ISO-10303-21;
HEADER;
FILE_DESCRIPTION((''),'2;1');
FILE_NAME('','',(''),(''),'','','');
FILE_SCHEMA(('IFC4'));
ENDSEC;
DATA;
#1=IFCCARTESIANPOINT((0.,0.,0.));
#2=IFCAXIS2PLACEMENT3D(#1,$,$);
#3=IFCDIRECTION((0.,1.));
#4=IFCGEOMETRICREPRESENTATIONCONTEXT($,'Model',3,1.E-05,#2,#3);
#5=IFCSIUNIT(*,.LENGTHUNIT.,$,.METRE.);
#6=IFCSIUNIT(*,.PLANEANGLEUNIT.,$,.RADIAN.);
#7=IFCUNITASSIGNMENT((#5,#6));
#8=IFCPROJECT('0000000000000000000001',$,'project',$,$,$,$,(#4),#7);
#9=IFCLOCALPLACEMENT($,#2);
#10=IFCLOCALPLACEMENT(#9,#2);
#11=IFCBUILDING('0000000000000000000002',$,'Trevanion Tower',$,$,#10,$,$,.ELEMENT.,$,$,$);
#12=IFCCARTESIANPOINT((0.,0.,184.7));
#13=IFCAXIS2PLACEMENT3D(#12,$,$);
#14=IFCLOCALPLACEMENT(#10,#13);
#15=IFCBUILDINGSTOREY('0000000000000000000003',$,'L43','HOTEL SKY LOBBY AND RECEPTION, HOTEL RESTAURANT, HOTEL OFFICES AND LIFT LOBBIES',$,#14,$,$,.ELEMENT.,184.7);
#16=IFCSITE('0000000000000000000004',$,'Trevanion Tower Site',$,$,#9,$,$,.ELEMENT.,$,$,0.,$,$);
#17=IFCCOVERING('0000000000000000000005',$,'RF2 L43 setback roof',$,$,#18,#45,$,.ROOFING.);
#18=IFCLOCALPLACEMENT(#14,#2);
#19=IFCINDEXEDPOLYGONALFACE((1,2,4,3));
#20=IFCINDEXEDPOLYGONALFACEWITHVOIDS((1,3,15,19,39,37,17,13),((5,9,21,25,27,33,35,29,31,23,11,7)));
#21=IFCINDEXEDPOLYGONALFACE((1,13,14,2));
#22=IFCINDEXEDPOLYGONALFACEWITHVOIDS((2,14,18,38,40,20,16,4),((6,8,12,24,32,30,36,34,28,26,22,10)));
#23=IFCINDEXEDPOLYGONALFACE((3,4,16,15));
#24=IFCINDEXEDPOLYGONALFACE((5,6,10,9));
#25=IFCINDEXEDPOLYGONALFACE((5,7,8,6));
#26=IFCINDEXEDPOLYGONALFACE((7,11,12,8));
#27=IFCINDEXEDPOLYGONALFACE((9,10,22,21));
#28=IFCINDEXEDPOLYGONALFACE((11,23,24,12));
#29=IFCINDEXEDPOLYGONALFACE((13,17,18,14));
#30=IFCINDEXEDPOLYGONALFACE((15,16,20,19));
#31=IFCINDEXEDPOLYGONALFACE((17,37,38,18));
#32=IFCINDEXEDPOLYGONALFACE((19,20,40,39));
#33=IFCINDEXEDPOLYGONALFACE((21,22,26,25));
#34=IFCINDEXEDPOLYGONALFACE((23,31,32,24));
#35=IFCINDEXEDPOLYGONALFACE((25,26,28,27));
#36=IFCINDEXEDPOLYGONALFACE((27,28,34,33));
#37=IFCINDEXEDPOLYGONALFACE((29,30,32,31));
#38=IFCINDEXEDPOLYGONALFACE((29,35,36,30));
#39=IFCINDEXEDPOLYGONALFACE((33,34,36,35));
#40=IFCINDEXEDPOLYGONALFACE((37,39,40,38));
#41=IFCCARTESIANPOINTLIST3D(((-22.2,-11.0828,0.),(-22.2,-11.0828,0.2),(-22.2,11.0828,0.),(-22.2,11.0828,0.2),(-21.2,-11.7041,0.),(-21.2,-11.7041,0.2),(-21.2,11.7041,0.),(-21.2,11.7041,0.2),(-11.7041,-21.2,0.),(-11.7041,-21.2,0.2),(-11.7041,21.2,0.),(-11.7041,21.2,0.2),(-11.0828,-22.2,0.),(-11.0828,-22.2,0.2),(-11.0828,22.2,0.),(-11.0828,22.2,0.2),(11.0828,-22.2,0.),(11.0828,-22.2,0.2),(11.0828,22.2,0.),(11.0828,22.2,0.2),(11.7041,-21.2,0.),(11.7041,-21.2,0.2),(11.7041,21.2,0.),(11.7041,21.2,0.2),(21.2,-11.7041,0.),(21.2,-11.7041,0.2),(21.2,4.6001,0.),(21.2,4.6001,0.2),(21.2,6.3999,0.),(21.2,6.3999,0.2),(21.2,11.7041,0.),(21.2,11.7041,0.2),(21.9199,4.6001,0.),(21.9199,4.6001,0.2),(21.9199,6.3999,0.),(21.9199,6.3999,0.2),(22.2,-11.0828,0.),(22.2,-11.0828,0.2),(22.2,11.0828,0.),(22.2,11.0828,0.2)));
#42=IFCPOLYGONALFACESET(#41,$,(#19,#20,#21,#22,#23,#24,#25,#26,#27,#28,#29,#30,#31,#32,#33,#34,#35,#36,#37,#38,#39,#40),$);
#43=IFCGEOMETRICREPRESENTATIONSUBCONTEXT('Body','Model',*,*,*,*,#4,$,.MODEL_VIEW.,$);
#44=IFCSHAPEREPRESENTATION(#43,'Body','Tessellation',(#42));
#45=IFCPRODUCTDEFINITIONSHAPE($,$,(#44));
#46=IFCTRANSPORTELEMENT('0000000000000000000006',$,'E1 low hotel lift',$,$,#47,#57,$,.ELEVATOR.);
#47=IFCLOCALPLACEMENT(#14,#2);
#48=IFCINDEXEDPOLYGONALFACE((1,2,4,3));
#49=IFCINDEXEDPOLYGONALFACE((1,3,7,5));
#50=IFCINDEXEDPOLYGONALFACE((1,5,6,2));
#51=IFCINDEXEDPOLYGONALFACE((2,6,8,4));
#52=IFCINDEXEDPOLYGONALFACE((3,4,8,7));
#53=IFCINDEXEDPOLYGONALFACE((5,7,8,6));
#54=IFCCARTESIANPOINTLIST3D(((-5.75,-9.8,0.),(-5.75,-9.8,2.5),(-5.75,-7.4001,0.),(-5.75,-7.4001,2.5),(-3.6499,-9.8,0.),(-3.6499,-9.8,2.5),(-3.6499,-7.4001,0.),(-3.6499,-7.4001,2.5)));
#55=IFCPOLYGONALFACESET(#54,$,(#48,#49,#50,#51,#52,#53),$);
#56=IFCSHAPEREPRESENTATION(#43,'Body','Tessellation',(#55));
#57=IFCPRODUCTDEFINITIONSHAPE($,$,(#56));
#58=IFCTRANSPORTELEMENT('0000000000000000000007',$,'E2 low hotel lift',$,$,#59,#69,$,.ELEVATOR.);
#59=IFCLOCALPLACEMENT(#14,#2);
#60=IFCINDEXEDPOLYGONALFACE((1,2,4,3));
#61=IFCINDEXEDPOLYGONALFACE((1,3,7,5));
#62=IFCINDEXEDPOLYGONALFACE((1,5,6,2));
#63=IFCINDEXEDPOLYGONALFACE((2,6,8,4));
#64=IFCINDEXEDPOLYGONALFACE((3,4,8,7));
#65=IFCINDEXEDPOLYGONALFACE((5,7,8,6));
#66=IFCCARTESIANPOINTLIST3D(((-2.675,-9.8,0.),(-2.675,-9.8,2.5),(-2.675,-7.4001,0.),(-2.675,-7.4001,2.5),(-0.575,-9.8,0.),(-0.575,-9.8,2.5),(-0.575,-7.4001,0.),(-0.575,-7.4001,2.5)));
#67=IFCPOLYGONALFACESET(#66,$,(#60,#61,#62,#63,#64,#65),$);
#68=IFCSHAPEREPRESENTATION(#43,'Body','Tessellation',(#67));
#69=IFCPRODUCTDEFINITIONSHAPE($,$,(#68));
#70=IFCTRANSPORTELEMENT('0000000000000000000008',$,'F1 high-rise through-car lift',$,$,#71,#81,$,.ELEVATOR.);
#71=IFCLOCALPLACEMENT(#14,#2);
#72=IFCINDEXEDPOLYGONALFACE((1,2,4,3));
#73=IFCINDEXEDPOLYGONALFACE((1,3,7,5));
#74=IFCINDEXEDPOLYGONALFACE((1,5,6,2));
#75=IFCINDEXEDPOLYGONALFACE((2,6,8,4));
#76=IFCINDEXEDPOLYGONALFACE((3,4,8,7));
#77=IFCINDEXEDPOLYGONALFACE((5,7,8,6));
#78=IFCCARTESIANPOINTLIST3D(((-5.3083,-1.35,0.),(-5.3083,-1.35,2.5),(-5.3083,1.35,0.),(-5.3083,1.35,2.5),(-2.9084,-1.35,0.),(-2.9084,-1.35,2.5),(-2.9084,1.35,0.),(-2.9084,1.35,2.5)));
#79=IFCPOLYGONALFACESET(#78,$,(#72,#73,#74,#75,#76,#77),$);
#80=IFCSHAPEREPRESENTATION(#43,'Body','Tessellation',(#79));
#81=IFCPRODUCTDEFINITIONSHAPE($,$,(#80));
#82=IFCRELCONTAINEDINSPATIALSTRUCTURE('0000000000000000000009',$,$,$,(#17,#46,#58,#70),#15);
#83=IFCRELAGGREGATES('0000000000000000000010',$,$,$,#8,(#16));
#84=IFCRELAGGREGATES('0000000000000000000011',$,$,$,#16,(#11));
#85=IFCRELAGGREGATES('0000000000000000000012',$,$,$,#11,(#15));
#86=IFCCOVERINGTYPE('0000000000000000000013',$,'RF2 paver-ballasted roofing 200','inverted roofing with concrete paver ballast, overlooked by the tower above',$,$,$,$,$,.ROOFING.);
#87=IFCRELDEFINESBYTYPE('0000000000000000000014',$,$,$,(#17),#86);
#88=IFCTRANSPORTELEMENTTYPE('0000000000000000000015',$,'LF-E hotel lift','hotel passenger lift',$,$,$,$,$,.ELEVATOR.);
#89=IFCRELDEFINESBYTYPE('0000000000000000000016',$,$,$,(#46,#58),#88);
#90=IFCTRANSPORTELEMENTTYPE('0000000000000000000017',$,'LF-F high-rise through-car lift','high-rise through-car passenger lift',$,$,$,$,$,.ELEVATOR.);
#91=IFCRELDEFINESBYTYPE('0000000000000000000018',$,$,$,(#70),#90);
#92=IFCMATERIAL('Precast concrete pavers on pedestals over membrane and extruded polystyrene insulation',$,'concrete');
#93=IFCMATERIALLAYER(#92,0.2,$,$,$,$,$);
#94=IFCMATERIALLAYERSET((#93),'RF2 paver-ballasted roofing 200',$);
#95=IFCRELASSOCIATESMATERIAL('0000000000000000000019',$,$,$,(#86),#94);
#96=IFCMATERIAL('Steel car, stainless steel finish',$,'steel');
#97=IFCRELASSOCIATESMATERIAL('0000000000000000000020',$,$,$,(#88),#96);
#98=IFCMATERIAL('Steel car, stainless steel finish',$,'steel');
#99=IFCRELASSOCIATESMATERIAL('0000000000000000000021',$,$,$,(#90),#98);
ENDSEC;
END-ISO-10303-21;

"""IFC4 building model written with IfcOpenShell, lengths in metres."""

from ifc_helpers import new_model, si_unit, direction, frame, origin, origin_2d, place, context, subcontext, project, spatial, polyline, rectangle, outline, extrude, material, layer, layer_set, type_object, element, save


model = new_model("IFC4")

# Units and contexts
model_context = context("Model", 3, precision=1e-05, world=origin(), true_north=direction((0.0, 1.0)))
body_context = subcontext(model_context, "Body", "Model", "MODEL_VIEW")
ifc_project = project(units=[si_unit("LENGTHUNIT", "METRE"), si_unit("PLANEANGLEUNIT", "RADIAN")], contexts=[model_context])

# Site, building, storey
site_placement = place(None, origin())
site = spatial("IfcSite", under=ifc_project, at=site_placement, Name="Trevanion Tower Site", CompositionType="ELEMENT", RefElevation=0.0)
building_placement = place(site_placement, origin())
building = spatial("IfcBuilding", under=site, at=building_placement, Name="Trevanion Tower", CompositionType="ELEMENT")
storey_placement = place(building_placement, frame((0.0, 0.0, 184.7)))
storey = spatial("IfcBuildingStorey", under=building, at=storey_placement, Name="L43", Description="HOTEL SKY LOBBY AND RECEPTION, HOTEL RESTAURANT, HOTEL OFFICES AND LIFT LOBBIES", CompositionType="ELEMENT", Elevation=184.7)

# Covering
ifc_material_1 = material(Name="Precast concrete pavers on pedestals over membrane and extruded polystyrene insulation", Category="concrete")
ifc_layer_1 = layer(ifc_material_1, 0.2)
ifc_layer_set_1 = layer_set([ifc_layer_1], Name="RF2 paver-ballasted roofing 200")
covering_type_1 = type_object("IfcCoveringType", Name="RF2 paver-ballasted roofing 200", Description="inverted roofing with concrete paver ballast, overlooked by the tower above", PredefinedType="ROOFING", material=ifc_layer_set_1)
covering_1_placement = place(storey_placement, origin())
element("IfcCovering", 1, at=covering_1_placement, inside=storey, type_object=covering_type_1, Name="RF2 L43 setback roof", PredefinedType="ROOFING", context=body_context, shape_type="SweptSolid", body=[
    extrude(outline(polyline([(-11.0828, -22.2), (-22.2, -11.0828), (-22.2, 11.0828), (-11.0828, 22.2), (11.0828, 22.2), (22.2, 11.0828), (22.2, -11.0828), (11.0828, -22.2), (-11.0828, -22.2)]), holes=[polyline([(11.7041, 21.2), (-11.7041, 21.2), (-21.2, 11.7041), (-21.2, -11.7041), (-11.7041, -21.2), (11.7041, -21.2), (21.2, -11.7041), (21.2, 4.6001), (21.9199, 4.6001), (21.9199, 6.3999), (21.2, 6.3999), (21.2, 11.7041), (11.7041, 21.2)])]), origin(), (0.0, 0.0, 1.0), 0.2),
])

# Transport elements
ifc_material_2 = material(Name="Steel car, stainless steel finish", Category="steel")
transport_element_type_1 = type_object("IfcTransportElementType", Name="LF-E hotel lift", Description="hotel passenger lift", PredefinedType="ELEVATOR", material=ifc_material_2)
for number, where, z_axis, x_axis, name in (
    (2, (-4.7, -8.6001, 0.0), (0.0, 0.0, 1.0), (1.0, 0.0, 0.0), "E1 low hotel lift"),
    (3, (-1.625, -8.6001, 0.0), (0.0, 0.0, 1.0), (1.0, 0.0, 0.0), "E2 low hotel lift"),
):
    element("IfcTransportElement", number, at=place(storey_placement, frame(where, z_axis=z_axis, x_axis=x_axis)), inside=storey, type_object=transport_element_type_1, Name=name, PredefinedType="ELEVATOR", context=body_context, shape_type="SweptSolid", body=[
        extrude(rectangle(XDim=2.1001, YDim=2.3999, at=origin_2d()), origin(), (0.0, 0.0, 1.0), 2.5),
    ])
ifc_material_3 = material(Name="Steel car, stainless steel finish", Category="steel")
transport_element_type_2 = type_object("IfcTransportElementType", Name="LF-F high-rise through-car lift", Description="high-rise through-car passenger lift", PredefinedType="ELEVATOR", material=ifc_material_3)
transport_element_placement = place(storey_placement, frame((-4.1084, 0.0, 0.0), z_axis=(0.0, 0.0, 1.0), x_axis=(1.0, 0.0, 0.0)))
element("IfcTransportElement", 4, at=transport_element_placement, inside=storey, type_object=transport_element_type_2, Name="F1 high-rise through-car lift", PredefinedType="ELEVATOR", context=body_context, shape_type="SweptSolid", body=[
    extrude(rectangle(XDim=2.3999, YDim=2.7, at=origin_2d()), origin(), (0.0, 0.0, 1.0), 2.5),
])

save(model, "model.ifc")
